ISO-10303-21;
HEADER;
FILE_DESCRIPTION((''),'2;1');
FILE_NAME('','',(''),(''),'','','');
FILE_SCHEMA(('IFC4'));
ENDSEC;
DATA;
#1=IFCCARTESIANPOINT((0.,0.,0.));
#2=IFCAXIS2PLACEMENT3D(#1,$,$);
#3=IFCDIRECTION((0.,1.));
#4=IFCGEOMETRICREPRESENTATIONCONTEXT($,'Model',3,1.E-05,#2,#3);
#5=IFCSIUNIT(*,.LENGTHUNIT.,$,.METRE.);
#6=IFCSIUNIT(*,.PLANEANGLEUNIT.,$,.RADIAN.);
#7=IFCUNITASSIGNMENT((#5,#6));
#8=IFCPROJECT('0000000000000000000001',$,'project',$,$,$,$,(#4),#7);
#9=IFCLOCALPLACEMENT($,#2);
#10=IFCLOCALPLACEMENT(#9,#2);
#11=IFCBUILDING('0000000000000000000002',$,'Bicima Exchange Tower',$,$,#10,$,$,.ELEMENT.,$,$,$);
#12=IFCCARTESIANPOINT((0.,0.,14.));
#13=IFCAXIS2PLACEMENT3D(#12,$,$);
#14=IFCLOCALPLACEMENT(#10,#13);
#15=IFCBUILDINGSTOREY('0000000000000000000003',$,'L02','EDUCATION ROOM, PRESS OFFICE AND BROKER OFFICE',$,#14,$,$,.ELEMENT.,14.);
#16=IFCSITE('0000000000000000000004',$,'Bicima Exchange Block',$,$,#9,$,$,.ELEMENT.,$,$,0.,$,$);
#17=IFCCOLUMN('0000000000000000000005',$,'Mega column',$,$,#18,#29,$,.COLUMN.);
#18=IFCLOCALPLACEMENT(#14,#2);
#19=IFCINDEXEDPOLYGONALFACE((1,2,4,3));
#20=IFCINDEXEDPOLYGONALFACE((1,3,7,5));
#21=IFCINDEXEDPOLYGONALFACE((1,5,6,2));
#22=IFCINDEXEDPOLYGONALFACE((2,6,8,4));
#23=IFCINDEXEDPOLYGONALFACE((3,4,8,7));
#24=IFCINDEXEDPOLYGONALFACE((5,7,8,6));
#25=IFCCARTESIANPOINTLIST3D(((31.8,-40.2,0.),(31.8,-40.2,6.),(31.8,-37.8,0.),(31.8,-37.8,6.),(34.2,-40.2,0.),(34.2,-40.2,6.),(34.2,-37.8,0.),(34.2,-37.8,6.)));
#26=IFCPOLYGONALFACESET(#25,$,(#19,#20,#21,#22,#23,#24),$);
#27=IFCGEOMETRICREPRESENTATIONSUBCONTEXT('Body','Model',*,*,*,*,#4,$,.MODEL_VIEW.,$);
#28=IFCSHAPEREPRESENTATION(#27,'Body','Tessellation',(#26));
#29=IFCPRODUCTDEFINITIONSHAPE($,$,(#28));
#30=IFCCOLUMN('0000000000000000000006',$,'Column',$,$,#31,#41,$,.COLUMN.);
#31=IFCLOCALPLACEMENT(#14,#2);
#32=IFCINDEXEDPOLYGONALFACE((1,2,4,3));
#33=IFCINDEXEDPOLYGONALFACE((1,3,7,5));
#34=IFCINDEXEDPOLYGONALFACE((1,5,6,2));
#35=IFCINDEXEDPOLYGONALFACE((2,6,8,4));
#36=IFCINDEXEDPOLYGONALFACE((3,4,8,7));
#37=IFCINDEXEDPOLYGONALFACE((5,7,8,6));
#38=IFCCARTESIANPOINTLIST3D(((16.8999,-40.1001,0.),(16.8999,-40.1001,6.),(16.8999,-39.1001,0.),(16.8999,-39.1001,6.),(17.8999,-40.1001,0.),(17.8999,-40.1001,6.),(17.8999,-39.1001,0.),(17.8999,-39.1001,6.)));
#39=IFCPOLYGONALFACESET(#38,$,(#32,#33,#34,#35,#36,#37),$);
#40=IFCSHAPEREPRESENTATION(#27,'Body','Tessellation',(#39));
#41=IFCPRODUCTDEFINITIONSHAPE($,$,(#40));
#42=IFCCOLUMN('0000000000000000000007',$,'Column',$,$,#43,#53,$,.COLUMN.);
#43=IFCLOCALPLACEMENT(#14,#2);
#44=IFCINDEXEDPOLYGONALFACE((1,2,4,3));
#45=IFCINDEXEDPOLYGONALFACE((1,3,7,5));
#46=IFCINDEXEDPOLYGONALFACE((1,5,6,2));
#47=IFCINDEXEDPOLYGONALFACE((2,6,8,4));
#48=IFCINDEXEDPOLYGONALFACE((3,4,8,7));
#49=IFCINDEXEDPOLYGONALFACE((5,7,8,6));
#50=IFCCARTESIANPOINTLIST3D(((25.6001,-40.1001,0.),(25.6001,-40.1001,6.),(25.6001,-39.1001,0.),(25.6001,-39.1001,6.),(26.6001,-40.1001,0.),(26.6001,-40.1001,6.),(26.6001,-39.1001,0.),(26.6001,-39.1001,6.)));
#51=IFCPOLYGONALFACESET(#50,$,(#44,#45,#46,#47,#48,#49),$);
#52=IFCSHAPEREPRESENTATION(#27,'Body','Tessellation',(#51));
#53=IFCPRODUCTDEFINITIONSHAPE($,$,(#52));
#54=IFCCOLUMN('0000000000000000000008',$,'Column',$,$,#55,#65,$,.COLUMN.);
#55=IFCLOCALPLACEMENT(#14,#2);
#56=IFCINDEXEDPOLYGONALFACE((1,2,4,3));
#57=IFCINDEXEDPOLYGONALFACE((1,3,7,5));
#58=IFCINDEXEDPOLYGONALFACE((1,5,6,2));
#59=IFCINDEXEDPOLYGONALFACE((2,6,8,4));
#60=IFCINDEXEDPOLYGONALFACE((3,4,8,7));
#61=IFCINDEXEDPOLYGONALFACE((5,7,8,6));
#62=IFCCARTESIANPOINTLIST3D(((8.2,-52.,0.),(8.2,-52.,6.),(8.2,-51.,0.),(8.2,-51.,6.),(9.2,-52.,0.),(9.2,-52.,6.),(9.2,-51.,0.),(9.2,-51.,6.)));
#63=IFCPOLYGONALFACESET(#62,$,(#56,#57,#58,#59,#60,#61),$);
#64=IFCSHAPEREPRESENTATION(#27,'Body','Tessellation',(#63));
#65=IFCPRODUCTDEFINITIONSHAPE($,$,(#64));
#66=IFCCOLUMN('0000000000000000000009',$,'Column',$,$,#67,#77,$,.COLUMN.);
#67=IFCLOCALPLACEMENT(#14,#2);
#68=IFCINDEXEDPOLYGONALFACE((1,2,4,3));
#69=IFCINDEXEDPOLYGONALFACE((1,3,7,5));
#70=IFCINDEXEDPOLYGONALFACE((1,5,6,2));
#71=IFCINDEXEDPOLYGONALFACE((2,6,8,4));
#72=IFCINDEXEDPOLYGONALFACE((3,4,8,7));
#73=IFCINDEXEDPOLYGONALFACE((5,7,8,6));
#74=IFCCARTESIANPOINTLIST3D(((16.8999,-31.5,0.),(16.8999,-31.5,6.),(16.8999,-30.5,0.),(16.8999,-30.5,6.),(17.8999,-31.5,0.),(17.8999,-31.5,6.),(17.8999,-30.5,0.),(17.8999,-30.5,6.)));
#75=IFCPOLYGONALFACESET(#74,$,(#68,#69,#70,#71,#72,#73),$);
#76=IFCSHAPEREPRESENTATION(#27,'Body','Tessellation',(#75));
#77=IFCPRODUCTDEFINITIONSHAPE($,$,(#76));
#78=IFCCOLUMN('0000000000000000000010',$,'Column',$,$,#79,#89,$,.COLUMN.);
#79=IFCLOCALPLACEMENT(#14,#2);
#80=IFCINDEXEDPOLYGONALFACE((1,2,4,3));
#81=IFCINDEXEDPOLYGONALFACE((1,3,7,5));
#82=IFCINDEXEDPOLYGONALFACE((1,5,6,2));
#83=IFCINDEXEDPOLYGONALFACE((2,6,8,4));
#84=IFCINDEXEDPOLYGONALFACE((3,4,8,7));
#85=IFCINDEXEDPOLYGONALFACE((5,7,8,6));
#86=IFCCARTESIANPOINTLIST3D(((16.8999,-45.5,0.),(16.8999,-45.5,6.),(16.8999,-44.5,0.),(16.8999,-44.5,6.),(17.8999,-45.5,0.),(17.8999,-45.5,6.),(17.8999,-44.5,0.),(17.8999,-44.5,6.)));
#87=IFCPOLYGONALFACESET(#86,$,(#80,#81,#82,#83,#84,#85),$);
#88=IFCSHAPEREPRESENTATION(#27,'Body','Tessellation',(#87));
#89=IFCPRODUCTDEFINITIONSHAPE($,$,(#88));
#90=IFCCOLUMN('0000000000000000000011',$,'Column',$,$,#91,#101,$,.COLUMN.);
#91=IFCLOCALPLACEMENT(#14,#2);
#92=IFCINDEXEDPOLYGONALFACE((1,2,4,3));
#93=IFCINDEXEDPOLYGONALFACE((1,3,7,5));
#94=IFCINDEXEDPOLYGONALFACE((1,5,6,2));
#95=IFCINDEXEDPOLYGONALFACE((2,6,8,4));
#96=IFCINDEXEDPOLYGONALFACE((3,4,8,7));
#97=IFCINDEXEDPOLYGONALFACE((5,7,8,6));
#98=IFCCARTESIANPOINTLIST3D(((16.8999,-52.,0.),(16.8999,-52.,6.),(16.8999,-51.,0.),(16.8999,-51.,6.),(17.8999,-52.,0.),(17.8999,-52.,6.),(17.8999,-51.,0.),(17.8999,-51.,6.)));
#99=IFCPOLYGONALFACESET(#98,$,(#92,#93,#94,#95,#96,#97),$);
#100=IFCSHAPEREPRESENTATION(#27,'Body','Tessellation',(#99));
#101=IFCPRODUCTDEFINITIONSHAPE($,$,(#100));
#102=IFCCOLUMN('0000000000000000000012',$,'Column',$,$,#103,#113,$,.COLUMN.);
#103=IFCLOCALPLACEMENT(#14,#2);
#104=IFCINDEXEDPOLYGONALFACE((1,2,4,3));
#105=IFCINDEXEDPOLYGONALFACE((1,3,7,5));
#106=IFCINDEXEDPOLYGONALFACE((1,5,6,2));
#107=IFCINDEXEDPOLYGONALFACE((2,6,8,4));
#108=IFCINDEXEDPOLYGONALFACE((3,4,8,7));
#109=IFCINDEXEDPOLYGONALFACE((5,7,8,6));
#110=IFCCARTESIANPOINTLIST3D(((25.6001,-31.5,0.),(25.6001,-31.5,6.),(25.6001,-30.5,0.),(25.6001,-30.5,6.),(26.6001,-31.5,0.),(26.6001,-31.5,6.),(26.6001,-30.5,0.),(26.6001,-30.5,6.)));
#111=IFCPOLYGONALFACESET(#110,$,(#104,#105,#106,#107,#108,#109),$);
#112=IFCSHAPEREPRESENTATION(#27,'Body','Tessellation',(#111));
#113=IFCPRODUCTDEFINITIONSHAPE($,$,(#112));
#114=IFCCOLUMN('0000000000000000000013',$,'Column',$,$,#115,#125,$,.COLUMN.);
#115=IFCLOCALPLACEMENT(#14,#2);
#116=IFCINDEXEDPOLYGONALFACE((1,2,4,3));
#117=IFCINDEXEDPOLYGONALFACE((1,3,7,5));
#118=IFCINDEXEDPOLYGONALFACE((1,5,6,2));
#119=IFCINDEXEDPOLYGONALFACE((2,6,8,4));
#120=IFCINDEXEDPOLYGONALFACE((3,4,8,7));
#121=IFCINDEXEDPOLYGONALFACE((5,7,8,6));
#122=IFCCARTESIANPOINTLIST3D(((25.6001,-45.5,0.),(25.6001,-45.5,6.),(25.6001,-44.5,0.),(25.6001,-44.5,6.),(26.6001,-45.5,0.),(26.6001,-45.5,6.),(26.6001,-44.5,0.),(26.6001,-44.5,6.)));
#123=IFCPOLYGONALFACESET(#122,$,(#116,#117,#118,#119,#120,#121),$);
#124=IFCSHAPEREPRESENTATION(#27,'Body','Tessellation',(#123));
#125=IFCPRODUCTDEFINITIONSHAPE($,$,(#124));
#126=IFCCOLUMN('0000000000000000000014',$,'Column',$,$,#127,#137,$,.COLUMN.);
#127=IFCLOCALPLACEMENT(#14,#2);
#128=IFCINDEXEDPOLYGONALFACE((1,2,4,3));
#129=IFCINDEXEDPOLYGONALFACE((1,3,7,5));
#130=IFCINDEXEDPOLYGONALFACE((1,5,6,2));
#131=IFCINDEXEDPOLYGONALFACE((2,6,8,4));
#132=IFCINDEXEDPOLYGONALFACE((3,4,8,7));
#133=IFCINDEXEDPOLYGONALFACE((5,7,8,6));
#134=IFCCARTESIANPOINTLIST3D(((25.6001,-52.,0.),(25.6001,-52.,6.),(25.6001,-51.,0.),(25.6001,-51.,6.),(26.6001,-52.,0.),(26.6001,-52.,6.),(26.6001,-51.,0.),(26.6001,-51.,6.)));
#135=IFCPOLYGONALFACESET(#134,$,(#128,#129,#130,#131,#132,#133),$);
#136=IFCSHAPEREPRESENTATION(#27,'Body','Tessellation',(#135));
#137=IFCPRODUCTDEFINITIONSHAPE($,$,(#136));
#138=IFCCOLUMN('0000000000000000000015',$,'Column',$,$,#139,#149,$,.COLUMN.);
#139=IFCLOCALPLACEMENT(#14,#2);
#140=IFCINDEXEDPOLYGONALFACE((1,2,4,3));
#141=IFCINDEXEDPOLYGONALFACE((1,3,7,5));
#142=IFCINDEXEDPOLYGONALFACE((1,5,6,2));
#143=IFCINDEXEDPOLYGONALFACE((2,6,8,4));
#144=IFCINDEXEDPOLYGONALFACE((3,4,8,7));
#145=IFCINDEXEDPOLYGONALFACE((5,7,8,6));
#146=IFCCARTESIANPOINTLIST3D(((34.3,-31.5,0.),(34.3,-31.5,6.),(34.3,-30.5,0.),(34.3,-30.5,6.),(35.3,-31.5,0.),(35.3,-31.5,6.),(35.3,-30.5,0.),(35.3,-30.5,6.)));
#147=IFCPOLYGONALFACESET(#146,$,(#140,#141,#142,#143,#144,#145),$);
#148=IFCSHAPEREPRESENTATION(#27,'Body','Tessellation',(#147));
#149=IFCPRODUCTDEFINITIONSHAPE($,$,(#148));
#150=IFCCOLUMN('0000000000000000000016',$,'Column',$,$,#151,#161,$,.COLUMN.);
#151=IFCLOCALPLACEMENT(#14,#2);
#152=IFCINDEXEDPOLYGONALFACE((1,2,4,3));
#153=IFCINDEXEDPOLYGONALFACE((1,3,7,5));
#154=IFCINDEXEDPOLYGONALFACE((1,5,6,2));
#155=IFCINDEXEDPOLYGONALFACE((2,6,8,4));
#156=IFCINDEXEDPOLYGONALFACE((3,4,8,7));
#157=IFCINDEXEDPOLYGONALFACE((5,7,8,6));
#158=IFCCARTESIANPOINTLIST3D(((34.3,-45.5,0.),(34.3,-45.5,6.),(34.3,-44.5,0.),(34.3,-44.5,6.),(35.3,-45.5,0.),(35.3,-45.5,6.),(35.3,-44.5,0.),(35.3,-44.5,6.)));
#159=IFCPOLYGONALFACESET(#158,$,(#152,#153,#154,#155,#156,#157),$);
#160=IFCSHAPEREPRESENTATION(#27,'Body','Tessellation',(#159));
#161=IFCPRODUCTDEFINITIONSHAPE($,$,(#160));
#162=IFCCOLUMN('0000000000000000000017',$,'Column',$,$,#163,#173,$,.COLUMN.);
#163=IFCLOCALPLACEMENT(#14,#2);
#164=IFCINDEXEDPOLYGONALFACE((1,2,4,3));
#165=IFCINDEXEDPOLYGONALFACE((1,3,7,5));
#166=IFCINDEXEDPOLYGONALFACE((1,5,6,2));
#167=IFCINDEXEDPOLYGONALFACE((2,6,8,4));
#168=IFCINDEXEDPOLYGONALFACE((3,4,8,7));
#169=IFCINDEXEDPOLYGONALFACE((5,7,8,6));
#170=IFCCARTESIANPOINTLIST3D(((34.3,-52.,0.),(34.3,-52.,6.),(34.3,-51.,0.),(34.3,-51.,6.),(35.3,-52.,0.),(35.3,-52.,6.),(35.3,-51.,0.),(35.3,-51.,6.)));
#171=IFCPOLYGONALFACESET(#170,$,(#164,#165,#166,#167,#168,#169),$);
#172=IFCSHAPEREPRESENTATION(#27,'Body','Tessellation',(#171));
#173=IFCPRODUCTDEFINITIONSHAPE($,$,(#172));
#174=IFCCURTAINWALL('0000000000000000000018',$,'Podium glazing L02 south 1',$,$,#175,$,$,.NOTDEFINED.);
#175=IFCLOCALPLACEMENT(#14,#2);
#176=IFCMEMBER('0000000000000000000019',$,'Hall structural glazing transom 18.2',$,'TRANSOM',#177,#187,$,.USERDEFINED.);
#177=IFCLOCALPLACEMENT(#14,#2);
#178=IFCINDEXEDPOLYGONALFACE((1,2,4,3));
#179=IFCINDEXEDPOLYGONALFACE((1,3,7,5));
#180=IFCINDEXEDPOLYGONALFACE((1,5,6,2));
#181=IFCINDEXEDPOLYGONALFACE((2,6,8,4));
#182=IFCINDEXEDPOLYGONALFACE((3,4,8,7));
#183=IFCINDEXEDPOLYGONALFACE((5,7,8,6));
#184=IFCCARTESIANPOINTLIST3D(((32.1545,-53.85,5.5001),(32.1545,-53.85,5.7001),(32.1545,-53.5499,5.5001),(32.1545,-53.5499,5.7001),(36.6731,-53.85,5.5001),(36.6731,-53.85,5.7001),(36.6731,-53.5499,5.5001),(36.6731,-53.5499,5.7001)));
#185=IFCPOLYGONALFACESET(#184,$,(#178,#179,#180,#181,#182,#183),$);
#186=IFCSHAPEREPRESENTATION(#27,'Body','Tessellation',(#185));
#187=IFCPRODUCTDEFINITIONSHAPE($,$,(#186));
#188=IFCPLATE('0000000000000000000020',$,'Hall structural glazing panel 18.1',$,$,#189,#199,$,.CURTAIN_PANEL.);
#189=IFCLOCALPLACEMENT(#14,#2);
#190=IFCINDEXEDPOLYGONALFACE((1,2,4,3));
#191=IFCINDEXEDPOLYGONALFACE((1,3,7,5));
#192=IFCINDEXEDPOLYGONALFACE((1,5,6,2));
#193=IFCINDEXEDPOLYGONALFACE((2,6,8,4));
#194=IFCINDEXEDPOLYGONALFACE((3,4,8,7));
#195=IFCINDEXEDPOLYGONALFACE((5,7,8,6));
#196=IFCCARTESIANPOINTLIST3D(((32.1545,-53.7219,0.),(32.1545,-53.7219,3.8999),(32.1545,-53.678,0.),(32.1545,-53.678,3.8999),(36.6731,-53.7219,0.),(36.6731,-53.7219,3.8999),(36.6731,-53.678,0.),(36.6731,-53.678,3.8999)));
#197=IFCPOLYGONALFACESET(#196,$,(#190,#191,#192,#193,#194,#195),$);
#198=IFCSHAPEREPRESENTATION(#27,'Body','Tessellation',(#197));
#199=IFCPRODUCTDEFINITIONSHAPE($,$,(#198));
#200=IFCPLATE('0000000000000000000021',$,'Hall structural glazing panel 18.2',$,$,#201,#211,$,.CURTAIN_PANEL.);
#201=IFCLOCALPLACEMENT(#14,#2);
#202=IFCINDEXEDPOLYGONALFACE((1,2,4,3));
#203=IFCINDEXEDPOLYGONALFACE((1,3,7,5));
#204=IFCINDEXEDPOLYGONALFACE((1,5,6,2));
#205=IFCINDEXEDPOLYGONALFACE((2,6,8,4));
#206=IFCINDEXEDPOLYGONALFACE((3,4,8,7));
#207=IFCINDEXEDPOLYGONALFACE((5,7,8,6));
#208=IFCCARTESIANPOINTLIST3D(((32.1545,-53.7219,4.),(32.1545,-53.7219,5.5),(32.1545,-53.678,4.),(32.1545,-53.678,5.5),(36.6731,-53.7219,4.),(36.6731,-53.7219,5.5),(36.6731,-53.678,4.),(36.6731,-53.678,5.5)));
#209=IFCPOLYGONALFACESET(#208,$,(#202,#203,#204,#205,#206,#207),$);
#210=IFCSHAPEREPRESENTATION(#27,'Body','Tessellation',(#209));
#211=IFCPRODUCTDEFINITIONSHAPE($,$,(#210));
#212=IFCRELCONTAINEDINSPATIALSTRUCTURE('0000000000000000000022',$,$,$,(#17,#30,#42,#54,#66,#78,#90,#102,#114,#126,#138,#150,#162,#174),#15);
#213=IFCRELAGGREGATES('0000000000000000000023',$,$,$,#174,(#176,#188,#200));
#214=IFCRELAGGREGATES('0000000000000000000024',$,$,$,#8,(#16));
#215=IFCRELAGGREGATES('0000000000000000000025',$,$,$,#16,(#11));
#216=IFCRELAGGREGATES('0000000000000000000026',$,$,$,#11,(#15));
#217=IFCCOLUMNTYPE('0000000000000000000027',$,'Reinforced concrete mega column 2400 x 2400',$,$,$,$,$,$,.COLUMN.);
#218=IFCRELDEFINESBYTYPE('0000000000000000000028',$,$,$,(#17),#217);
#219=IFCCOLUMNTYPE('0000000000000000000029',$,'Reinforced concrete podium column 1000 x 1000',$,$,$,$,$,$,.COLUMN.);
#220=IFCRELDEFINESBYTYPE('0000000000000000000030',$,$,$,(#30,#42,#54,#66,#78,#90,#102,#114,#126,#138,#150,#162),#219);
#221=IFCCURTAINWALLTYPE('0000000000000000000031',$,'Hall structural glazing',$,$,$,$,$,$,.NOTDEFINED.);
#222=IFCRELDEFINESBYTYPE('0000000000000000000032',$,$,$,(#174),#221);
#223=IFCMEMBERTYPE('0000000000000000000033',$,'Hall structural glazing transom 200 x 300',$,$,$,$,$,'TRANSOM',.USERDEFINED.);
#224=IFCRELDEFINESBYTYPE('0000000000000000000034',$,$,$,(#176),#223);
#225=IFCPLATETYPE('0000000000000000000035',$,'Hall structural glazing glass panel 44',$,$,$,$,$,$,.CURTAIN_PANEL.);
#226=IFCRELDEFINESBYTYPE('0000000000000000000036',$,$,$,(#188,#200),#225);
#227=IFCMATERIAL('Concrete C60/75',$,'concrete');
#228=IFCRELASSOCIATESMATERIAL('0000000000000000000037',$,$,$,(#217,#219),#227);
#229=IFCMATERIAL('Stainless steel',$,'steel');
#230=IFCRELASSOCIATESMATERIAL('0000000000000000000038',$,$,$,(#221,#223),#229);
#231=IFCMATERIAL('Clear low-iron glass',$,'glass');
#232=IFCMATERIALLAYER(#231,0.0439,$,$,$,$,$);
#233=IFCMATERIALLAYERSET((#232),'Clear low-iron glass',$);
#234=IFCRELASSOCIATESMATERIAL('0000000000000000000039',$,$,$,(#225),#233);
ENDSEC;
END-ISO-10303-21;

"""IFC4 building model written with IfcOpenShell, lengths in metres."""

from ifc_helpers import new_model, si_unit, direction, frame, origin, origin_2d, place, context, subcontext, project, spatial, rectangle, extrude, material, layer, layer_set, material_profile, profile_set, type_object, element, aggregate, save


model = new_model("IFC4")

# Units and contexts
model_context = context("Model", 3, precision=1e-05, world=origin(), true_north=direction((0.0, 1.0)))
body_context = subcontext(model_context, "Body", "Model", "MODEL_VIEW")
ifc_project = project(units=[si_unit("LENGTHUNIT", "METRE"), si_unit("PLANEANGLEUNIT", "RADIAN")], contexts=[model_context])

# Site, building, storey
site_placement = place(None, origin())
site = spatial("IfcSite", under=ifc_project, at=site_placement, Name="Bicima Exchange Block", CompositionType="ELEMENT", RefElevation=0.0)
building_placement = place(site_placement, origin())
building = spatial("IfcBuilding", under=site, at=building_placement, Name="Bicima Exchange Tower", CompositionType="ELEMENT")
storey_placement = place(building_placement, frame((0.0, 0.0, 14.0)))
storey = spatial("IfcBuildingStorey", under=building, at=storey_placement, Name="L02", Description="EDUCATION ROOM, PRESS OFFICE AND BROKER OFFICE", CompositionType="ELEMENT", Elevation=14.0)

# Columns
ifc_material_1 = material(Name="Concrete C60/75", Category="concrete")
ifc_material_profile_1 = material_profile(ifc_material_1, rectangle(XDim=2.3999, YDim=2.3999, at=origin_2d()))
ifc_profile_set_1 = profile_set([ifc_material_profile_1], Name="Concrete C60/75")
column_type_1 = type_object("IfcColumnType", Name="Reinforced concrete mega column 2400 x 2400", PredefinedType="COLUMN", material=ifc_profile_set_1)
column_placement = place(storey_placement, frame((33.0, -39.0, 0.0), z_axis=(0.0, 0.0, 1.0), x_axis=(1.0, 0.0, 0.0)))
element("IfcColumn", 1, at=column_placement, inside=storey, type_object=column_type_1, Name="Mega column", PredefinedType="COLUMN", context=body_context, shape_type="SweptSolid", body=[
    extrude(rectangle(XDim=2.3999, YDim=2.3999, at=origin_2d()), origin(), (0.0, 0.0, 1.0), 6.0),
])
ifc_material_profile_2 = material_profile(ifc_material_1, rectangle(XDim=1.0, YDim=1.0, at=origin_2d()))
ifc_profile_set_2 = profile_set([ifc_material_profile_2], Name="Concrete C60/75")
column_type_2 = type_object("IfcColumnType", Name="Reinforced concrete podium column 1000 x 1000", PredefinedType="COLUMN", material=ifc_profile_set_2)
for number, where, z_axis, x_axis, name in (
    (2, (17.3999, -39.6001, 0.0), (0.0, 0.0, 1.0), (1.0, 0.0, 0.0), "Column"),
    (3, (26.1001, -39.6001, 0.0), (0.0, 0.0, 1.0), (1.0, 0.0, 0.0), "Column"),
    (4, (8.7, -51.5, 0.0), (0.0, 0.0, 1.0), (1.0, 0.0, 0.0), "Column"),
    (5, (17.3999, -31.0, 0.0), (0.0, 0.0, 1.0), (1.0, 0.0, 0.0), "Column"),
    (6, (17.3999, -45.0, 0.0), (0.0, 0.0, 1.0), (1.0, 0.0, 0.0), "Column"),
    (7, (17.3999, -51.5, 0.0), (0.0, 0.0, 1.0), (1.0, 0.0, 0.0), "Column"),
    (8, (26.1001, -31.0, 0.0), (0.0, 0.0, 1.0), (1.0, 0.0, 0.0), "Column"),
    (9, (26.1001, -45.0, 0.0), (0.0, 0.0, 1.0), (1.0, 0.0, 0.0), "Column"),
    (10, (26.1001, -51.5, 0.0), (0.0, 0.0, 1.0), (1.0, 0.0, 0.0), "Column"),
    (11, (34.8, -31.0, 0.0), (0.0, 0.0, 1.0), (1.0, 0.0, 0.0), "Column"),
    (12, (34.8, -45.0, 0.0), (0.0, 0.0, 1.0), (1.0, 0.0, 0.0), "Column"),
    (13, (34.8, -51.5, 0.0), (0.0, 0.0, 1.0), (1.0, 0.0, 0.0), "Column"),
):
    element("IfcColumn", number, at=place(storey_placement, frame(where, z_axis=z_axis, x_axis=x_axis)), inside=storey, type_object=column_type_2, Name=name, PredefinedType="COLUMN", context=body_context, shape_type="SweptSolid", body=[
        extrude(rectangle(XDim=1.0, YDim=1.0, at=origin_2d()), origin(), (0.0, 0.0, 1.0), 6.0),
    ])

# Curtain wall, member, plates
ifc_material_2 = material(Name="Stainless steel", Category="steel")
curtain_wall_type = type_object("IfcCurtainWallType", Name="Hall structural glazing", PredefinedType="NOTDEFINED", material=ifc_material_2)
curtain_wall_placement = place(storey_placement, origin())
curtain_wall = element("IfcCurtainWall", 14, at=curtain_wall_placement, inside=storey, type_object=curtain_wall_type, Name="Podium glazing L02 south 1", PredefinedType="NOTDEFINED")
ifc_material_profile_3 = material_profile(ifc_material_2, rectangle(XDim=0.3, YDim=0.2, at=origin_2d()))
ifc_profile_set_3 = profile_set([ifc_material_profile_3], Name="Stainless steel")
member_type = type_object("IfcMemberType", Name="Hall structural glazing transom 200 x 300", ElementType="TRANSOM", PredefinedType="USERDEFINED", material=ifc_profile_set_3)
member_placement = place(storey_placement, frame((32.1545, -53.7, 5.6001), z_axis=(1.0, 0.0, 0.0), x_axis=(0.0, 1.0, 0.0)))
member = element("IfcMember", 15, at=member_placement, type_object=member_type, Name="Hall structural glazing transom 18.2", ObjectType="TRANSOM", PredefinedType="USERDEFINED", context=body_context, shape_type="SweptSolid", body=[
    extrude(rectangle(XDim=0.3, YDim=0.2, at=origin_2d()), origin(), (0.0, 0.0, 1.0), 4.5186),
])
ifc_material_3 = material(Name="Clear low-iron glass", Category="glass")
ifc_layer_1 = layer(ifc_material_3, 0.0439)
ifc_layer_set_1 = layer_set([ifc_layer_1], Name="Clear low-iron glass")
plate_type = type_object("IfcPlateType", Name="Hall structural glazing glass panel 44", PredefinedType="CURTAIN_PANEL", material=ifc_layer_set_1)
plate_1_placement = place(storey_placement, frame((34.4138, -53.7, 0.0), z_axis=(0.0, 0.0, 1.0), x_axis=(1.0, 0.0, 0.0)))
plate_1 = element("IfcPlate", 16, at=plate_1_placement, type_object=plate_type, Name="Hall structural glazing panel 18.1", PredefinedType="CURTAIN_PANEL", context=body_context, shape_type="SweptSolid", body=[
    extrude(rectangle(XDim=4.5186, YDim=0.0439, at=origin_2d()), origin(), (0.0, 0.0, 1.0), 3.8999),
])
plate_2_placement = place(storey_placement, frame((34.4138, -53.7, 4.0), z_axis=(0.0, 0.0, 1.0), x_axis=(1.0, 0.0, 0.0)))
plate_2 = element("IfcPlate", 17, at=plate_2_placement, type_object=plate_type, Name="Hall structural glazing panel 18.2", PredefinedType="CURTAIN_PANEL", context=body_context, shape_type="SweptSolid", body=[
    extrude(rectangle(XDim=4.5186, YDim=0.0439, at=origin_2d()), origin(), (0.0, 0.0, 1.0), 1.5),
])
aggregate(curtain_wall, [member, plate_1, plate_2])

save(model, "model.ifc")
